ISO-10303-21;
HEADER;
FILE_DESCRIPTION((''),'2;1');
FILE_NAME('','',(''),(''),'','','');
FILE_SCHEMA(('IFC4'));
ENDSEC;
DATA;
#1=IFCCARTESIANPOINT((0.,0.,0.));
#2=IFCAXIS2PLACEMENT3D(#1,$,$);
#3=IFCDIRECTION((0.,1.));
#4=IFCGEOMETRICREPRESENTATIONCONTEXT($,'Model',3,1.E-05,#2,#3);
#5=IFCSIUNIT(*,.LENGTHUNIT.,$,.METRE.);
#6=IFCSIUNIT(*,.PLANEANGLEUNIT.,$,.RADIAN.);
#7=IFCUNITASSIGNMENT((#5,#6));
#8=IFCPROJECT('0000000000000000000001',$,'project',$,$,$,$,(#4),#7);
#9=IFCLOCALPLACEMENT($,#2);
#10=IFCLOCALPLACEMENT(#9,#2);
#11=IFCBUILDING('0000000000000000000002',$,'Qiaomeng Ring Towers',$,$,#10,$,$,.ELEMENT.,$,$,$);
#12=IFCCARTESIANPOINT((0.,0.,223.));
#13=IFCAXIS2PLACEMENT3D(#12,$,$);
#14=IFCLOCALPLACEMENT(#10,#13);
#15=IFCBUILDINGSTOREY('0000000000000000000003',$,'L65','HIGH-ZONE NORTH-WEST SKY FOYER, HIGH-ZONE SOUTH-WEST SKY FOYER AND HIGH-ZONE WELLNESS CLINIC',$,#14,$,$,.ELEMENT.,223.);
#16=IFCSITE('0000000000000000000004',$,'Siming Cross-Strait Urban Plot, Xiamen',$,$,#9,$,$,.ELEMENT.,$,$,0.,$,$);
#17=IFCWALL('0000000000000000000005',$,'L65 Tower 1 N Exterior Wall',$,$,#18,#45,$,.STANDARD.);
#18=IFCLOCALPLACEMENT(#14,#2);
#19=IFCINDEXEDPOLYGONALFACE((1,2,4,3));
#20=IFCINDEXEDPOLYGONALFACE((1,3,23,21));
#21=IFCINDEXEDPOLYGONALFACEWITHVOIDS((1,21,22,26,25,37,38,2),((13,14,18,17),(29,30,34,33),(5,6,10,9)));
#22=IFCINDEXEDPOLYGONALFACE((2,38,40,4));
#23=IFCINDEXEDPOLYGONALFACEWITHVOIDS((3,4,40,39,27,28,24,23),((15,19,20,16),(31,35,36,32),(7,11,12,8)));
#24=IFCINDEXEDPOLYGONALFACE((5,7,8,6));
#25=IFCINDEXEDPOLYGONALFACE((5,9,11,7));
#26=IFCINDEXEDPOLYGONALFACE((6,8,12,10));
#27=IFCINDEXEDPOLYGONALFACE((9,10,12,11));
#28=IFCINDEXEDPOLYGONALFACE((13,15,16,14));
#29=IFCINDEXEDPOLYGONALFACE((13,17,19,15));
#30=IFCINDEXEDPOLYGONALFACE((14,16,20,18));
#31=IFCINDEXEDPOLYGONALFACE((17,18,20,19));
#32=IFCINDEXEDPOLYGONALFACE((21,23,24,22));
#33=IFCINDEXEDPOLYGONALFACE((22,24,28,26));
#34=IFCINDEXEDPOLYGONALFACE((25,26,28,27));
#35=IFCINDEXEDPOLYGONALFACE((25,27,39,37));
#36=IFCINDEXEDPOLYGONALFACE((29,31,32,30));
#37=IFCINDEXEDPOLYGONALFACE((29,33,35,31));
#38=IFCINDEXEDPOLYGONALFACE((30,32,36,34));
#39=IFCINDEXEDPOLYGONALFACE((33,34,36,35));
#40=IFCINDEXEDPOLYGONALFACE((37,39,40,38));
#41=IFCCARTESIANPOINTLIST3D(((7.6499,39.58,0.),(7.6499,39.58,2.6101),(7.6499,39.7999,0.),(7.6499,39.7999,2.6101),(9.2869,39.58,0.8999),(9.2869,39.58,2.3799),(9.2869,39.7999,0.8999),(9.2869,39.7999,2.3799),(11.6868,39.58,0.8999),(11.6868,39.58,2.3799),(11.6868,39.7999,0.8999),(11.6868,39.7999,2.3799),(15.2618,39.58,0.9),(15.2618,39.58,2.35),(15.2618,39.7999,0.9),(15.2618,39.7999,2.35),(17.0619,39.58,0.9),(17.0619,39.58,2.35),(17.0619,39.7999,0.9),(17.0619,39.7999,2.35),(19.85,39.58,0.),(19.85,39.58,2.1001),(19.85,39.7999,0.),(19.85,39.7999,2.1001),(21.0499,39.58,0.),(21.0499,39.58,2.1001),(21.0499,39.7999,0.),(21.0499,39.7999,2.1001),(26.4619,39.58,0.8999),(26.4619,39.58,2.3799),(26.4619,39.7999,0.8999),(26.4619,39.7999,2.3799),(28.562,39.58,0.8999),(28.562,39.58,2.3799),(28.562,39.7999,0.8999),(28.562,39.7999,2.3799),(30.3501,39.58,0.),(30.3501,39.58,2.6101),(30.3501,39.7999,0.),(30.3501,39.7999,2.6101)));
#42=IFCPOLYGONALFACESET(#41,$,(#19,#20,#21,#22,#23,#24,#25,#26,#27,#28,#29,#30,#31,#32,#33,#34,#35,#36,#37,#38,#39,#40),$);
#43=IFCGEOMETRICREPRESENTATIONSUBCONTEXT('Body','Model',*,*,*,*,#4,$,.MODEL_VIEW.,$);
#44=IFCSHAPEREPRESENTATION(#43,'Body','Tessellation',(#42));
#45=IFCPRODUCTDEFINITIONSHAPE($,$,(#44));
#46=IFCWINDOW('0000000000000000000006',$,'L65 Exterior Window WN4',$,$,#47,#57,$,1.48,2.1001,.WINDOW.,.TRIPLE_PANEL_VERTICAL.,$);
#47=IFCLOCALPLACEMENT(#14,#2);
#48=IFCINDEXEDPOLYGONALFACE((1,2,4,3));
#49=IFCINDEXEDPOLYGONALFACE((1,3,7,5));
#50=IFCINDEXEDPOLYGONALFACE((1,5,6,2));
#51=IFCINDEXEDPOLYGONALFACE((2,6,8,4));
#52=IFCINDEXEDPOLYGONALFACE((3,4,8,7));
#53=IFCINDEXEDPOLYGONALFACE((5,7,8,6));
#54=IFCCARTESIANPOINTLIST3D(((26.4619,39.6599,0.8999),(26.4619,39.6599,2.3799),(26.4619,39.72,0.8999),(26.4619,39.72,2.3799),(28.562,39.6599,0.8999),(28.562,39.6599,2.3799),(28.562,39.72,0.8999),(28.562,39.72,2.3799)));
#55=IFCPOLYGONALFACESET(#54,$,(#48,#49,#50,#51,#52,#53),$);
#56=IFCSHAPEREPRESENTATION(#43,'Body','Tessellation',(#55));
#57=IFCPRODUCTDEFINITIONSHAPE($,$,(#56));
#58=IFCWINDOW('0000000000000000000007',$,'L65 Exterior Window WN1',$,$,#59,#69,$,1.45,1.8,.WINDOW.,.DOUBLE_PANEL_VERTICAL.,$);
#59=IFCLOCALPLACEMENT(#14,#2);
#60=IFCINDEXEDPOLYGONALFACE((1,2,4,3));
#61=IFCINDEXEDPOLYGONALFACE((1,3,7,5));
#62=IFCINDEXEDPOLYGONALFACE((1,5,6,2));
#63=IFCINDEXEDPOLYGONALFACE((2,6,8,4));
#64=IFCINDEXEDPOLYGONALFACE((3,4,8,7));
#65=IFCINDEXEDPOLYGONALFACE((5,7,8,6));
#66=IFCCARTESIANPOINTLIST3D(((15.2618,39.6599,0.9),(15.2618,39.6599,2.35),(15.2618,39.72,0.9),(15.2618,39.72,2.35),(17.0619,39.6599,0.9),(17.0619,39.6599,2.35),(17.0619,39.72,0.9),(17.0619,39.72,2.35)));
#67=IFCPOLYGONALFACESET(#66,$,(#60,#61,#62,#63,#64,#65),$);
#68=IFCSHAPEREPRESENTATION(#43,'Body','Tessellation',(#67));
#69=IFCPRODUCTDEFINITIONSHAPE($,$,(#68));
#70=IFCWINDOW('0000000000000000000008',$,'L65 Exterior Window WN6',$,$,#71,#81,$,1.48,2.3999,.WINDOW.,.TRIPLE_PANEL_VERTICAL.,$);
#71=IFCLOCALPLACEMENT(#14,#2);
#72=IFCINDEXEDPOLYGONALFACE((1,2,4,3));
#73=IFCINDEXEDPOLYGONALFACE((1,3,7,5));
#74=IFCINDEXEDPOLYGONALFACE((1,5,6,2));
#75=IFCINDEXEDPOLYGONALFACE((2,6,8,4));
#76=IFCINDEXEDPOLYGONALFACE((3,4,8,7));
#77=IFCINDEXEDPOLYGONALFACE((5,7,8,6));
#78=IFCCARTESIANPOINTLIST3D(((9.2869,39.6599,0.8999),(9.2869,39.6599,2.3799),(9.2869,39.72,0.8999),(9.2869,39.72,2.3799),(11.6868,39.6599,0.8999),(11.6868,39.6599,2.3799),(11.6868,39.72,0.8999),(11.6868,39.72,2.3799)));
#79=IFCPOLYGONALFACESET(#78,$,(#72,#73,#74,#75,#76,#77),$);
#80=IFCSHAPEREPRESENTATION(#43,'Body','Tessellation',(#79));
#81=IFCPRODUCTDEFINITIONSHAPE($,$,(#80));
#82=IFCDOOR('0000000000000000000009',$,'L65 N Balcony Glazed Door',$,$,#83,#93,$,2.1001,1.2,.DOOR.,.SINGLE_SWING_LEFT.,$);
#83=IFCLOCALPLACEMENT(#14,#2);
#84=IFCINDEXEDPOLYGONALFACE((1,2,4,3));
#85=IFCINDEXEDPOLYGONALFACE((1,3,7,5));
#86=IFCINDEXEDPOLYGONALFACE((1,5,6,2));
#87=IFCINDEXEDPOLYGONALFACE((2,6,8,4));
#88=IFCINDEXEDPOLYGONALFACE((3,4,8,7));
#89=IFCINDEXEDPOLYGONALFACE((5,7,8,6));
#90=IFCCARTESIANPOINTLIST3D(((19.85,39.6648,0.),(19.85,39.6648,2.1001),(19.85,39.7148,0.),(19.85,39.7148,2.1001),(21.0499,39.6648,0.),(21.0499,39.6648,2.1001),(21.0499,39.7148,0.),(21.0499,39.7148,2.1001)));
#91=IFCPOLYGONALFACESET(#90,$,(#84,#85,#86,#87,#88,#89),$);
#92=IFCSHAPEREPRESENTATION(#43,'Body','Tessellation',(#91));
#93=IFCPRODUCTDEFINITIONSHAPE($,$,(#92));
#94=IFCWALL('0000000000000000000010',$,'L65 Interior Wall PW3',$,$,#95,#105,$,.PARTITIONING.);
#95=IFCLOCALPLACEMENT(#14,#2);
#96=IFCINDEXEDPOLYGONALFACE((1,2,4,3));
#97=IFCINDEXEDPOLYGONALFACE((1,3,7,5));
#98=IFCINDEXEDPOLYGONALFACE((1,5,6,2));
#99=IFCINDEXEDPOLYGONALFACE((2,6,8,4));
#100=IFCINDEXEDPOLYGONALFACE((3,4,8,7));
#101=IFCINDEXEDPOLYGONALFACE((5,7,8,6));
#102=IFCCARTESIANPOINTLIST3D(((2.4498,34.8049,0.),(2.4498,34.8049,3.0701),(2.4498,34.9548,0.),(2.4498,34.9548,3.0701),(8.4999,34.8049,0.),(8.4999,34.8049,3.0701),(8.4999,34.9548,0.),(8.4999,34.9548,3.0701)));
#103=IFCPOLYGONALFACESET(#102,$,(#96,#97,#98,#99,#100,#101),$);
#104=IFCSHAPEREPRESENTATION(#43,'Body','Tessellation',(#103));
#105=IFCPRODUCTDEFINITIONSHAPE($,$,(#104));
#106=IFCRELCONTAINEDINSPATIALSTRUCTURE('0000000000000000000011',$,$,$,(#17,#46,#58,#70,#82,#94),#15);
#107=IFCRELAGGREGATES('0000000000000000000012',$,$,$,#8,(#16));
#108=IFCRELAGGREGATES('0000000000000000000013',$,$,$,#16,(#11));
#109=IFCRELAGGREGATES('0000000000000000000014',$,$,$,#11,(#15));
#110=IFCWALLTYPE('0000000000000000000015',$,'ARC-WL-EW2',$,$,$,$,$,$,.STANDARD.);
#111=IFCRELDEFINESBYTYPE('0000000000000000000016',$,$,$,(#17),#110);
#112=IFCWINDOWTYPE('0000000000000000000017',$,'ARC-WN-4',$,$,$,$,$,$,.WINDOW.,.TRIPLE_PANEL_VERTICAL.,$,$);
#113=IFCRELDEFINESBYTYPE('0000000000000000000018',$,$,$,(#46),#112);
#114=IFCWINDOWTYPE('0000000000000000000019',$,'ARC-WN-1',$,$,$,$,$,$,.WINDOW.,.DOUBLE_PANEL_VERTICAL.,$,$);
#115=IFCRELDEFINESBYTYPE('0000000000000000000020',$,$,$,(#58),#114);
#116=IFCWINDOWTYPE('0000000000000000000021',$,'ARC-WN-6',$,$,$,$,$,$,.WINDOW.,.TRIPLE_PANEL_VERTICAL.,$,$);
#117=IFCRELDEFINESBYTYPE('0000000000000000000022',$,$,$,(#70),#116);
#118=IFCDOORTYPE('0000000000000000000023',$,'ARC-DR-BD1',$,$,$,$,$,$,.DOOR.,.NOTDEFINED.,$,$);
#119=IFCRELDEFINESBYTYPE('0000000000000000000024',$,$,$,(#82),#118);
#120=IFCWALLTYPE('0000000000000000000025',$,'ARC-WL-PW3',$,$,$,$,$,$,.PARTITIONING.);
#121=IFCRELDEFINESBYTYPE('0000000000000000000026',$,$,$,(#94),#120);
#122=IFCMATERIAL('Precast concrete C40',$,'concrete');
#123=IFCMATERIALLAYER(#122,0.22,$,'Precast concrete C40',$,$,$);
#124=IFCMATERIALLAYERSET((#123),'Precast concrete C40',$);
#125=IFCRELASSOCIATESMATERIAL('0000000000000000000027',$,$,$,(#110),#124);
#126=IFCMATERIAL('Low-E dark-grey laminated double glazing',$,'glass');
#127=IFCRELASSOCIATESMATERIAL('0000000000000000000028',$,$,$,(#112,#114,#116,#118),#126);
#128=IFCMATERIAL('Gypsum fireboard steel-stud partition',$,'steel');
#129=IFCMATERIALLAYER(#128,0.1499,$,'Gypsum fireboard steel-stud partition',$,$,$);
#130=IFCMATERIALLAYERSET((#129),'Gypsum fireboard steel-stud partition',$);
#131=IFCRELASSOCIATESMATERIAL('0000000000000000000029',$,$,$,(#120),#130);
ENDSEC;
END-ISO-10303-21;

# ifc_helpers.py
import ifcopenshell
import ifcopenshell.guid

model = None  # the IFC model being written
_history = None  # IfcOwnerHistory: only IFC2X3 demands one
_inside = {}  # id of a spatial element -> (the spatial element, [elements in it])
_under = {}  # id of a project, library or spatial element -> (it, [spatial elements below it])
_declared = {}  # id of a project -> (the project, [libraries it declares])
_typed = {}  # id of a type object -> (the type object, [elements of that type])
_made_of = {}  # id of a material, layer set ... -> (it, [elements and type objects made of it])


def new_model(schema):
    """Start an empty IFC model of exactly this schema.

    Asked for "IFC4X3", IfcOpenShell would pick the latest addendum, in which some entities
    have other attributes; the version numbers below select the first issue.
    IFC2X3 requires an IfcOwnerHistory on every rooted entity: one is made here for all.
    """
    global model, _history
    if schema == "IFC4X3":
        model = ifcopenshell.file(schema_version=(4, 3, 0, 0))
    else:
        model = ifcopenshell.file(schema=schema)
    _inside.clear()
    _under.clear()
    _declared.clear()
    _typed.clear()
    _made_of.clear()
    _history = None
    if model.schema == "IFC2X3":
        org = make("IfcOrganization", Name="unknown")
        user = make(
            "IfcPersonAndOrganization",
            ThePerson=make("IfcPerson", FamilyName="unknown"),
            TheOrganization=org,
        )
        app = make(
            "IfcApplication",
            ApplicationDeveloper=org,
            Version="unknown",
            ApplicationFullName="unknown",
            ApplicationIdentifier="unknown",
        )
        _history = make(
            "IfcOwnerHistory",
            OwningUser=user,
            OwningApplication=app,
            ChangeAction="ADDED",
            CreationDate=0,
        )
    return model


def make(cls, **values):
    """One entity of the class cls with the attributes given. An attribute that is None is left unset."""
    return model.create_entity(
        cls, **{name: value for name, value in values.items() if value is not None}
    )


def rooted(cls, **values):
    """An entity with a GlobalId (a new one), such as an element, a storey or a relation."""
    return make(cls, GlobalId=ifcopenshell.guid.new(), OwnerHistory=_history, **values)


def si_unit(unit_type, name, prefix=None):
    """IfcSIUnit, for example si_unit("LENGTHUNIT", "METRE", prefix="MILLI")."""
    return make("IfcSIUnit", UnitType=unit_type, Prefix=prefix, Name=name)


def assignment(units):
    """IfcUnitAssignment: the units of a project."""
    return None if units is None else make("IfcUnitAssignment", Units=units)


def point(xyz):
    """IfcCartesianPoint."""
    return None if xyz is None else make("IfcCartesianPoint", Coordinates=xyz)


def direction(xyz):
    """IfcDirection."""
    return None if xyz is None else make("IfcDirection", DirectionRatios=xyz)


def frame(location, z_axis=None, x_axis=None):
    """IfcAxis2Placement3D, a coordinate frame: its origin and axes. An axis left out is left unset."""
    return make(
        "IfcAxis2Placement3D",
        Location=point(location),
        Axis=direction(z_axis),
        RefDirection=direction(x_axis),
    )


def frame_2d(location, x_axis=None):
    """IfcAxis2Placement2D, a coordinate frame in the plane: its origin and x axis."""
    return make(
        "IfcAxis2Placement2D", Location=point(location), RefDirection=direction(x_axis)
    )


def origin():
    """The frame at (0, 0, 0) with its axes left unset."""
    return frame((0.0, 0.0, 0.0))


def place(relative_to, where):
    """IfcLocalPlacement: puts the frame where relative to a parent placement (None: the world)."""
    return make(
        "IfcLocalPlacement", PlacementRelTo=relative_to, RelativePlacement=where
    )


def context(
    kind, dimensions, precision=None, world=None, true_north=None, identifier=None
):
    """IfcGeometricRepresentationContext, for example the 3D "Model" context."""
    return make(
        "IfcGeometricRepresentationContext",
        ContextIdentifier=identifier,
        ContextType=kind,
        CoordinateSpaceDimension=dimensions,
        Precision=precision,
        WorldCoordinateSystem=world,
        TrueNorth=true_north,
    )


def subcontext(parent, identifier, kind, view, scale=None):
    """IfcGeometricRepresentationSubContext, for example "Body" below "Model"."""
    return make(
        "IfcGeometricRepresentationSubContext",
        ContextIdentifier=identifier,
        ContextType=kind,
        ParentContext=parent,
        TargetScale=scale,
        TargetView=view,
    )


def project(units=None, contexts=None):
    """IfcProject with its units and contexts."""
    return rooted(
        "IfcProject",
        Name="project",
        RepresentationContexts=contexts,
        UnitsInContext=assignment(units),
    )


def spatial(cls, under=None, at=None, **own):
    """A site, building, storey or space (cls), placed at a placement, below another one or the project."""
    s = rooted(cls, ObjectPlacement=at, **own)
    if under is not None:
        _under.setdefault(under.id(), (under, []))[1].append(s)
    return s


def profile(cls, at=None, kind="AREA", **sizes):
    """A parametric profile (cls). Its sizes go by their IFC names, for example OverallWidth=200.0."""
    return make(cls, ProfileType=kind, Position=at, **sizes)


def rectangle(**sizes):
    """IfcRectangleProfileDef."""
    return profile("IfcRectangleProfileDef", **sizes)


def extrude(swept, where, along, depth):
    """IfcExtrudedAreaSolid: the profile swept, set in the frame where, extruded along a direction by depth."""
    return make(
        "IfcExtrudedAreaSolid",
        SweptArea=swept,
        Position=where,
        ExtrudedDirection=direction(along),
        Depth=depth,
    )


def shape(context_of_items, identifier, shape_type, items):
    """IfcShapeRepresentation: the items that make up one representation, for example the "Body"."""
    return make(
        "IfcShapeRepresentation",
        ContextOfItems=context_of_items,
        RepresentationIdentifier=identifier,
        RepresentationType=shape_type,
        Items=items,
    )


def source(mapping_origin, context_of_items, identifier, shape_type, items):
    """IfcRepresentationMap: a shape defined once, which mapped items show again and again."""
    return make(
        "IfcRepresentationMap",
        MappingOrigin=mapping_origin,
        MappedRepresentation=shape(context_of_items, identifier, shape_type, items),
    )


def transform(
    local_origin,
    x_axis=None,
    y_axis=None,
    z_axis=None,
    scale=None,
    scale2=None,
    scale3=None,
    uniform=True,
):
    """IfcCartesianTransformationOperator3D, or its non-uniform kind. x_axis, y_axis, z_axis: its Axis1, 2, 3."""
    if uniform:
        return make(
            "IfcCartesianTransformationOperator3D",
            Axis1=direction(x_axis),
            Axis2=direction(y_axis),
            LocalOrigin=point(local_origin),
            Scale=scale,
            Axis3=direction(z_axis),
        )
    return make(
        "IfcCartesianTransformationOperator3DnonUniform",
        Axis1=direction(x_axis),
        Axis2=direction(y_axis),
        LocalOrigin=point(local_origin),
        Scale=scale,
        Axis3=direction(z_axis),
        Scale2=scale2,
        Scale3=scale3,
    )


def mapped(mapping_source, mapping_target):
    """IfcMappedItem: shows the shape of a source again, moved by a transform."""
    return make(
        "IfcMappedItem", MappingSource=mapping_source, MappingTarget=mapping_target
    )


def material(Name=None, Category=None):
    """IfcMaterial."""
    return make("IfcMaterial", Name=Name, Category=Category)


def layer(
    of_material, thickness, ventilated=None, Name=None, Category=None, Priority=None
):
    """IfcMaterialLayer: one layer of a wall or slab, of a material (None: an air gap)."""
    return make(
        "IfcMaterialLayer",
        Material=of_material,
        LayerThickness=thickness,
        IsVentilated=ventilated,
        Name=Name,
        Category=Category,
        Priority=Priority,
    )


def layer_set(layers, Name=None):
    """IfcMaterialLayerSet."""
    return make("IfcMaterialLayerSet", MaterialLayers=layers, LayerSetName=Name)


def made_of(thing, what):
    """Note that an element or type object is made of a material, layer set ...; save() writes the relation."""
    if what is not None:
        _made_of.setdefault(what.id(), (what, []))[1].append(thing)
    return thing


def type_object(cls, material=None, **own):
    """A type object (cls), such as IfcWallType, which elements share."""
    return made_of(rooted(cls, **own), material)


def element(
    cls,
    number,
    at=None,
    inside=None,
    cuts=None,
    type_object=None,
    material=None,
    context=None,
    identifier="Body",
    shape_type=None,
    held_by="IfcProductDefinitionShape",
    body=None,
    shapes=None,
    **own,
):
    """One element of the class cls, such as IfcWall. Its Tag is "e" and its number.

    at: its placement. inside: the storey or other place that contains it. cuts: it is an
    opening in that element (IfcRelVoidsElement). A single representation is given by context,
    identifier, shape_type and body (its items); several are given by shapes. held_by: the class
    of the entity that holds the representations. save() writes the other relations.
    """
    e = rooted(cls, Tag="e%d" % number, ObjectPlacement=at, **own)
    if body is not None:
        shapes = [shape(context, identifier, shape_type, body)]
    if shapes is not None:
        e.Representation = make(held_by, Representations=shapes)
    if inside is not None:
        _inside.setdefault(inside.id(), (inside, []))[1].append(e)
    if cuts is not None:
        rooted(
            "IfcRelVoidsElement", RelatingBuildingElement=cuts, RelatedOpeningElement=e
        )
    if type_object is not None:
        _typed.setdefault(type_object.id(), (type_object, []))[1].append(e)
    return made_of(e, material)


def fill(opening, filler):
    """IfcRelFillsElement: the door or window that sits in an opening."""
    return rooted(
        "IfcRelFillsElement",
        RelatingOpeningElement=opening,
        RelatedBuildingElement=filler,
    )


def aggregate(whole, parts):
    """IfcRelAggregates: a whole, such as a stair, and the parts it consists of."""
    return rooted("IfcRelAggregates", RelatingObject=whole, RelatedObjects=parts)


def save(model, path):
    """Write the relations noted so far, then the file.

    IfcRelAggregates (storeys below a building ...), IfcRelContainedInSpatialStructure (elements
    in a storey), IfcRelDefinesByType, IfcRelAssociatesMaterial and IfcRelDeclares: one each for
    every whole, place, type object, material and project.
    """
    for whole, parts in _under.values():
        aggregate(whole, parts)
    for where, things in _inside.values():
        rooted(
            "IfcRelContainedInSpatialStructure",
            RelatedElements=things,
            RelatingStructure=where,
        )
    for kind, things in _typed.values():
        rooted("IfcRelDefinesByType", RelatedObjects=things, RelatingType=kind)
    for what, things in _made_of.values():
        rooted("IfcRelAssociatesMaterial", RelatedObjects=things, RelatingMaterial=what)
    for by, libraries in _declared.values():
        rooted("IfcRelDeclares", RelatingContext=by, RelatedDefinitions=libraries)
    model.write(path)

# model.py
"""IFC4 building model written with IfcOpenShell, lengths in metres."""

from ifc_helpers import new_model, si_unit, direction, frame, frame_2d, origin, place, context, subcontext, project, spatial, rectangle, extrude, source, transform, mapped, material, layer, layer_set, type_object, element, fill, save


model = new_model("IFC4")

# Units and contexts
model_context = context("Model", 3, precision=1e-05, world=origin(), true_north=direction((0.0, 1.0)))
body_context = subcontext(model_context, "Body", "Model", "MODEL_VIEW")
ifc_project = project(units=[si_unit("LENGTHUNIT", "METRE"), si_unit("PLANEANGLEUNIT", "RADIAN")], contexts=[model_context])

# Site, building, storey
site_placement = place(None, origin())
site = spatial("IfcSite", under=ifc_project, at=site_placement, Name="Siming Cross-Strait Urban Plot, Xiamen", CompositionType="ELEMENT", RefElevation=0.0)
building_placement = place(site_placement, origin())
building = spatial("IfcBuilding", under=site, at=building_placement, Name="Qiaomeng Ring Towers", CompositionType="ELEMENT")
storey_placement = place(building_placement, frame((0.0, 0.0, 223.0)))
storey = spatial("IfcBuildingStorey", under=building, at=storey_placement, Name="L65", Description="HIGH-ZONE NORTH-WEST SKY FOYER, HIGH-ZONE SOUTH-WEST SKY FOYER AND HIGH-ZONE WELLNESS CLINIC", CompositionType="ELEMENT", Elevation=223.0)

# Shared definitions
ifc_material_1 = material(Name="Low-E dark-grey laminated double glazing", Category="glass")

# Wall, openings, windows, door
ifc_material_2 = material(Name="Precast concrete C40", Category="concrete")
ifc_layer_1 = layer(ifc_material_2, 0.22, Name="Precast concrete C40")
ifc_layer_set_1 = layer_set([ifc_layer_1], Name="Precast concrete C40")
wall_type_1 = type_object("IfcWallType", Name="ARC-WL-EW2", PredefinedType="STANDARD", material=ifc_layer_set_1)
wall_1_placement = place(storey_placement, frame((7.6499, 39.6899, 0.0), z_axis=(0.0, 0.0, 1.0), x_axis=(1.0, 0.0, 0.0)))
wall_1 = element("IfcWall", 1, at=wall_1_placement, inside=storey, type_object=wall_type_1, Name="L65 Tower 1 N Exterior Wall", PredefinedType="STANDARD", context=body_context, shape_type="SweptSolid", body=[
    extrude(rectangle(XDim=22.7002, YDim=0.22, at=frame_2d((11.3501, 0.0))), origin(), (0.0, 0.0, 1.0), 2.6101),
])
opening_1_placement = place(wall_1_placement, frame((12.2, 0.0, 0.0)))
opening_1 = element("IfcOpeningElement", 2, at=opening_1_placement, cuts=wall_1, PredefinedType="OPENING", context=body_context, shape_type="SweptSolid", body=[
    extrude(rectangle(XDim=1.2, YDim=2.1001, at=frame_2d((0.6001, 1.05))), frame((0.0, 0.1199, 0.0), z_axis=(0.0, -1.0, 0.0), x_axis=(1.0, 0.0, 0.0)), (0.0, 0.0, 1.0), 0.24),
])
opening_2_placement = place(wall_1_placement, frame((1.637, 0.0, 0.8999)))
opening_2 = element("IfcOpeningElement", 3, at=opening_2_placement, cuts=wall_1, PredefinedType="OPENING", context=body_context, shape_type="SweptSolid", body=[
    extrude(rectangle(XDim=2.3999, YDim=1.48, at=frame_2d((1.2, 0.74))), frame((0.0, 0.1199, 0.0), z_axis=(0.0, -1.0, 0.0), x_axis=(1.0, 0.0, 0.0)), (0.0, 0.0, 1.0), 0.24),
])
opening_3_placement = place(wall_1_placement, frame((7.6121, 0.0, 0.8999)))
opening_3 = element("IfcOpeningElement", 4, at=opening_3_placement, cuts=wall_1, PredefinedType="OPENING", context=body_context, shape_type="SweptSolid", body=[
    extrude(rectangle(XDim=1.8, YDim=1.45, at=frame_2d((0.8999, 0.7251))), frame((0.0, 0.1199, 0.0), z_axis=(0.0, -1.0, 0.0), x_axis=(1.0, 0.0, 0.0)), (0.0, 0.0, 1.0), 0.24),
])
opening_4_placement = place(wall_1_placement, frame((18.812, 0.0, 0.8999)))
opening_4 = element("IfcOpeningElement", 5, at=opening_4_placement, cuts=wall_1, PredefinedType="OPENING", context=body_context, shape_type="SweptSolid", body=[
    extrude(rectangle(XDim=2.1001, YDim=1.48, at=frame_2d((1.05, 0.74))), frame((0.0, 0.1199, 0.0), z_axis=(0.0, -1.0, 0.0), x_axis=(1.0, 0.0, 0.0)), (0.0, 0.0, 1.0), 0.24),
])
window_type_1 = type_object("IfcWindowType", Name="ARC-WN-4", PartitioningType="TRIPLE_PANEL_VERTICAL", PredefinedType="WINDOW", material=ifc_material_1)
shared_shape_1 = source(origin(), body_context, "Body", "SweptSolid", [
    extrude(rectangle(XDim=2.1001, YDim=1.48, at=frame_2d((1.05, 0.74))), frame((0.0, 0.03, 0.0), z_axis=(0.0, -1.0, 0.0), x_axis=(1.0, 0.0, 0.0)), (0.0, 0.0, 1.0), 0.0601),
])
window_1_placement = place(opening_4_placement, origin())
window_1 = element("IfcWindow", 6, at=window_1_placement, inside=storey, type_object=window_type_1, Name="L65 Exterior Window WN4", OverallHeight=1.48, OverallWidth=2.1001, PartitioningType="TRIPLE_PANEL_VERTICAL", PredefinedType="WINDOW", context=body_context, shape_type="MappedRepresentation", body=[
    mapped(shared_shape_1, transform((0.0, 0.0, 0.0), x_axis=(1.0, 0.0, 0.0), y_axis=(0.0, 1.0, 0.0), z_axis=(0.0, 0.0, 1.0), scale=1.0)),
])
fill(opening_4, window_1)
window_type_2 = type_object("IfcWindowType", Name="ARC-WN-1", PartitioningType="DOUBLE_PANEL_VERTICAL", PredefinedType="WINDOW", material=ifc_material_1)
shared_shape_2 = source(origin(), body_context, "Body", "SweptSolid", [
    extrude(rectangle(XDim=1.8, YDim=1.45, at=frame_2d((0.8999, 0.7251))), frame((0.0, 0.03, 0.0), z_axis=(0.0, -1.0, 0.0), x_axis=(1.0, 0.0, 0.0)), (0.0, 0.0, 1.0), 0.0601),
])
window_2_placement = place(opening_3_placement, origin())
window_2 = element("IfcWindow", 7, at=window_2_placement, inside=storey, type_object=window_type_2, Name="L65 Exterior Window WN1", OverallHeight=1.45, OverallWidth=1.8, PartitioningType="DOUBLE_PANEL_VERTICAL", PredefinedType="WINDOW", context=body_context, shape_type="MappedRepresentation", body=[
    mapped(shared_shape_2, transform((0.0, 0.0, 0.0), x_axis=(1.0, 0.0, 0.0), y_axis=(0.0, 1.0, 0.0), z_axis=(0.0, 0.0, 1.0), scale=1.0)),
])
fill(opening_3, window_2)
window_type_3 = type_object("IfcWindowType", Name="ARC-WN-6", PartitioningType="TRIPLE_PANEL_VERTICAL", PredefinedType="WINDOW", material=ifc_material_1)
shared_shape_3 = source(origin(), body_context, "Body", "SweptSolid", [
    extrude(rectangle(XDim=2.3999, YDim=1.48, at=frame_2d((1.2, 0.74))), frame((0.0, 0.03, 0.0), z_axis=(0.0, -1.0, 0.0), x_axis=(1.0, 0.0, 0.0)), (0.0, 0.0, 1.0), 0.0601),
])
window_3_placement = place(opening_2_placement, origin())
window_3 = element("IfcWindow", 8, at=window_3_placement, inside=storey, type_object=window_type_3, Name="L65 Exterior Window WN6", OverallHeight=1.48, OverallWidth=2.3999, PartitioningType="TRIPLE_PANEL_VERTICAL", PredefinedType="WINDOW", context=body_context, shape_type="MappedRepresentation", body=[
    mapped(shared_shape_3, transform((0.0, 0.0, 0.0), x_axis=(1.0, 0.0, 0.0), y_axis=(0.0, 1.0, 0.0), z_axis=(0.0, 0.0, 1.0), scale=1.0)),
])
fill(opening_2, window_3)
door_type_1 = type_object("IfcDoorType", Name="ARC-DR-BD1", OperationType="NOTDEFINED", PredefinedType="DOOR", material=ifc_material_1)
shared_shape_4 = source(origin(), body_context, "Body", "SweptSolid", [
    extrude(rectangle(XDim=1.2, YDim=2.1001, at=frame_2d((0.6001, 1.05))), frame((0.0, 0.0249, 0.0), z_axis=(0.0, -1.0, 0.0), x_axis=(1.0, 0.0, 0.0)), (0.0, 0.0, 1.0), 0.05),
])
door_1_placement = place(opening_1_placement, origin())
door_1 = element("IfcDoor", 9, at=door_1_placement, inside=storey, type_object=door_type_1, Name="L65 N Balcony Glazed Door", OperationType="SINGLE_SWING_LEFT", OverallHeight=2.1001, OverallWidth=1.2, PredefinedType="DOOR", context=body_context, shape_type="MappedRepresentation", body=[
    mapped(shared_shape_4, transform((0.0, 0.0, 0.0), x_axis=(1.0, 0.0, 0.0), y_axis=(0.0, 1.0, 0.0), z_axis=(0.0, 0.0, 1.0), scale=1.0)),
])
fill(opening_1, door_1)

# Wall
ifc_material_3 = material(Name="Gypsum fireboard steel-stud partition", Category="steel")
ifc_layer_2 = layer(ifc_material_3, 0.1499, Name="Gypsum fireboard steel-stud partition")
ifc_layer_set_2 = layer_set([ifc_layer_2], Name="Gypsum fireboard steel-stud partition")
wall_type_2 = type_object("IfcWallType", Name="ARC-WL-PW3", PredefinedType="PARTITIONING", material=ifc_layer_set_2)
wall_2_placement = place(storey_placement, frame((2.45, 34.8799, 0.0), z_axis=(0.0, 0.0, 1.0), x_axis=(1.0, 0.0, 0.0)))
element("IfcWall", 10, at=wall_2_placement, inside=storey, type_object=wall_type_2, Name="L65 Interior Wall PW3", PredefinedType="PARTITIONING", context=body_context, shape_type="SweptSolid", body=[
    extrude(rectangle(XDim=6.05, YDim=0.1499, at=frame_2d((3.0249, 0.0))), origin(), (0.0, 0.0, 1.0), 3.0701),
])

save(model, "model.ifc")
